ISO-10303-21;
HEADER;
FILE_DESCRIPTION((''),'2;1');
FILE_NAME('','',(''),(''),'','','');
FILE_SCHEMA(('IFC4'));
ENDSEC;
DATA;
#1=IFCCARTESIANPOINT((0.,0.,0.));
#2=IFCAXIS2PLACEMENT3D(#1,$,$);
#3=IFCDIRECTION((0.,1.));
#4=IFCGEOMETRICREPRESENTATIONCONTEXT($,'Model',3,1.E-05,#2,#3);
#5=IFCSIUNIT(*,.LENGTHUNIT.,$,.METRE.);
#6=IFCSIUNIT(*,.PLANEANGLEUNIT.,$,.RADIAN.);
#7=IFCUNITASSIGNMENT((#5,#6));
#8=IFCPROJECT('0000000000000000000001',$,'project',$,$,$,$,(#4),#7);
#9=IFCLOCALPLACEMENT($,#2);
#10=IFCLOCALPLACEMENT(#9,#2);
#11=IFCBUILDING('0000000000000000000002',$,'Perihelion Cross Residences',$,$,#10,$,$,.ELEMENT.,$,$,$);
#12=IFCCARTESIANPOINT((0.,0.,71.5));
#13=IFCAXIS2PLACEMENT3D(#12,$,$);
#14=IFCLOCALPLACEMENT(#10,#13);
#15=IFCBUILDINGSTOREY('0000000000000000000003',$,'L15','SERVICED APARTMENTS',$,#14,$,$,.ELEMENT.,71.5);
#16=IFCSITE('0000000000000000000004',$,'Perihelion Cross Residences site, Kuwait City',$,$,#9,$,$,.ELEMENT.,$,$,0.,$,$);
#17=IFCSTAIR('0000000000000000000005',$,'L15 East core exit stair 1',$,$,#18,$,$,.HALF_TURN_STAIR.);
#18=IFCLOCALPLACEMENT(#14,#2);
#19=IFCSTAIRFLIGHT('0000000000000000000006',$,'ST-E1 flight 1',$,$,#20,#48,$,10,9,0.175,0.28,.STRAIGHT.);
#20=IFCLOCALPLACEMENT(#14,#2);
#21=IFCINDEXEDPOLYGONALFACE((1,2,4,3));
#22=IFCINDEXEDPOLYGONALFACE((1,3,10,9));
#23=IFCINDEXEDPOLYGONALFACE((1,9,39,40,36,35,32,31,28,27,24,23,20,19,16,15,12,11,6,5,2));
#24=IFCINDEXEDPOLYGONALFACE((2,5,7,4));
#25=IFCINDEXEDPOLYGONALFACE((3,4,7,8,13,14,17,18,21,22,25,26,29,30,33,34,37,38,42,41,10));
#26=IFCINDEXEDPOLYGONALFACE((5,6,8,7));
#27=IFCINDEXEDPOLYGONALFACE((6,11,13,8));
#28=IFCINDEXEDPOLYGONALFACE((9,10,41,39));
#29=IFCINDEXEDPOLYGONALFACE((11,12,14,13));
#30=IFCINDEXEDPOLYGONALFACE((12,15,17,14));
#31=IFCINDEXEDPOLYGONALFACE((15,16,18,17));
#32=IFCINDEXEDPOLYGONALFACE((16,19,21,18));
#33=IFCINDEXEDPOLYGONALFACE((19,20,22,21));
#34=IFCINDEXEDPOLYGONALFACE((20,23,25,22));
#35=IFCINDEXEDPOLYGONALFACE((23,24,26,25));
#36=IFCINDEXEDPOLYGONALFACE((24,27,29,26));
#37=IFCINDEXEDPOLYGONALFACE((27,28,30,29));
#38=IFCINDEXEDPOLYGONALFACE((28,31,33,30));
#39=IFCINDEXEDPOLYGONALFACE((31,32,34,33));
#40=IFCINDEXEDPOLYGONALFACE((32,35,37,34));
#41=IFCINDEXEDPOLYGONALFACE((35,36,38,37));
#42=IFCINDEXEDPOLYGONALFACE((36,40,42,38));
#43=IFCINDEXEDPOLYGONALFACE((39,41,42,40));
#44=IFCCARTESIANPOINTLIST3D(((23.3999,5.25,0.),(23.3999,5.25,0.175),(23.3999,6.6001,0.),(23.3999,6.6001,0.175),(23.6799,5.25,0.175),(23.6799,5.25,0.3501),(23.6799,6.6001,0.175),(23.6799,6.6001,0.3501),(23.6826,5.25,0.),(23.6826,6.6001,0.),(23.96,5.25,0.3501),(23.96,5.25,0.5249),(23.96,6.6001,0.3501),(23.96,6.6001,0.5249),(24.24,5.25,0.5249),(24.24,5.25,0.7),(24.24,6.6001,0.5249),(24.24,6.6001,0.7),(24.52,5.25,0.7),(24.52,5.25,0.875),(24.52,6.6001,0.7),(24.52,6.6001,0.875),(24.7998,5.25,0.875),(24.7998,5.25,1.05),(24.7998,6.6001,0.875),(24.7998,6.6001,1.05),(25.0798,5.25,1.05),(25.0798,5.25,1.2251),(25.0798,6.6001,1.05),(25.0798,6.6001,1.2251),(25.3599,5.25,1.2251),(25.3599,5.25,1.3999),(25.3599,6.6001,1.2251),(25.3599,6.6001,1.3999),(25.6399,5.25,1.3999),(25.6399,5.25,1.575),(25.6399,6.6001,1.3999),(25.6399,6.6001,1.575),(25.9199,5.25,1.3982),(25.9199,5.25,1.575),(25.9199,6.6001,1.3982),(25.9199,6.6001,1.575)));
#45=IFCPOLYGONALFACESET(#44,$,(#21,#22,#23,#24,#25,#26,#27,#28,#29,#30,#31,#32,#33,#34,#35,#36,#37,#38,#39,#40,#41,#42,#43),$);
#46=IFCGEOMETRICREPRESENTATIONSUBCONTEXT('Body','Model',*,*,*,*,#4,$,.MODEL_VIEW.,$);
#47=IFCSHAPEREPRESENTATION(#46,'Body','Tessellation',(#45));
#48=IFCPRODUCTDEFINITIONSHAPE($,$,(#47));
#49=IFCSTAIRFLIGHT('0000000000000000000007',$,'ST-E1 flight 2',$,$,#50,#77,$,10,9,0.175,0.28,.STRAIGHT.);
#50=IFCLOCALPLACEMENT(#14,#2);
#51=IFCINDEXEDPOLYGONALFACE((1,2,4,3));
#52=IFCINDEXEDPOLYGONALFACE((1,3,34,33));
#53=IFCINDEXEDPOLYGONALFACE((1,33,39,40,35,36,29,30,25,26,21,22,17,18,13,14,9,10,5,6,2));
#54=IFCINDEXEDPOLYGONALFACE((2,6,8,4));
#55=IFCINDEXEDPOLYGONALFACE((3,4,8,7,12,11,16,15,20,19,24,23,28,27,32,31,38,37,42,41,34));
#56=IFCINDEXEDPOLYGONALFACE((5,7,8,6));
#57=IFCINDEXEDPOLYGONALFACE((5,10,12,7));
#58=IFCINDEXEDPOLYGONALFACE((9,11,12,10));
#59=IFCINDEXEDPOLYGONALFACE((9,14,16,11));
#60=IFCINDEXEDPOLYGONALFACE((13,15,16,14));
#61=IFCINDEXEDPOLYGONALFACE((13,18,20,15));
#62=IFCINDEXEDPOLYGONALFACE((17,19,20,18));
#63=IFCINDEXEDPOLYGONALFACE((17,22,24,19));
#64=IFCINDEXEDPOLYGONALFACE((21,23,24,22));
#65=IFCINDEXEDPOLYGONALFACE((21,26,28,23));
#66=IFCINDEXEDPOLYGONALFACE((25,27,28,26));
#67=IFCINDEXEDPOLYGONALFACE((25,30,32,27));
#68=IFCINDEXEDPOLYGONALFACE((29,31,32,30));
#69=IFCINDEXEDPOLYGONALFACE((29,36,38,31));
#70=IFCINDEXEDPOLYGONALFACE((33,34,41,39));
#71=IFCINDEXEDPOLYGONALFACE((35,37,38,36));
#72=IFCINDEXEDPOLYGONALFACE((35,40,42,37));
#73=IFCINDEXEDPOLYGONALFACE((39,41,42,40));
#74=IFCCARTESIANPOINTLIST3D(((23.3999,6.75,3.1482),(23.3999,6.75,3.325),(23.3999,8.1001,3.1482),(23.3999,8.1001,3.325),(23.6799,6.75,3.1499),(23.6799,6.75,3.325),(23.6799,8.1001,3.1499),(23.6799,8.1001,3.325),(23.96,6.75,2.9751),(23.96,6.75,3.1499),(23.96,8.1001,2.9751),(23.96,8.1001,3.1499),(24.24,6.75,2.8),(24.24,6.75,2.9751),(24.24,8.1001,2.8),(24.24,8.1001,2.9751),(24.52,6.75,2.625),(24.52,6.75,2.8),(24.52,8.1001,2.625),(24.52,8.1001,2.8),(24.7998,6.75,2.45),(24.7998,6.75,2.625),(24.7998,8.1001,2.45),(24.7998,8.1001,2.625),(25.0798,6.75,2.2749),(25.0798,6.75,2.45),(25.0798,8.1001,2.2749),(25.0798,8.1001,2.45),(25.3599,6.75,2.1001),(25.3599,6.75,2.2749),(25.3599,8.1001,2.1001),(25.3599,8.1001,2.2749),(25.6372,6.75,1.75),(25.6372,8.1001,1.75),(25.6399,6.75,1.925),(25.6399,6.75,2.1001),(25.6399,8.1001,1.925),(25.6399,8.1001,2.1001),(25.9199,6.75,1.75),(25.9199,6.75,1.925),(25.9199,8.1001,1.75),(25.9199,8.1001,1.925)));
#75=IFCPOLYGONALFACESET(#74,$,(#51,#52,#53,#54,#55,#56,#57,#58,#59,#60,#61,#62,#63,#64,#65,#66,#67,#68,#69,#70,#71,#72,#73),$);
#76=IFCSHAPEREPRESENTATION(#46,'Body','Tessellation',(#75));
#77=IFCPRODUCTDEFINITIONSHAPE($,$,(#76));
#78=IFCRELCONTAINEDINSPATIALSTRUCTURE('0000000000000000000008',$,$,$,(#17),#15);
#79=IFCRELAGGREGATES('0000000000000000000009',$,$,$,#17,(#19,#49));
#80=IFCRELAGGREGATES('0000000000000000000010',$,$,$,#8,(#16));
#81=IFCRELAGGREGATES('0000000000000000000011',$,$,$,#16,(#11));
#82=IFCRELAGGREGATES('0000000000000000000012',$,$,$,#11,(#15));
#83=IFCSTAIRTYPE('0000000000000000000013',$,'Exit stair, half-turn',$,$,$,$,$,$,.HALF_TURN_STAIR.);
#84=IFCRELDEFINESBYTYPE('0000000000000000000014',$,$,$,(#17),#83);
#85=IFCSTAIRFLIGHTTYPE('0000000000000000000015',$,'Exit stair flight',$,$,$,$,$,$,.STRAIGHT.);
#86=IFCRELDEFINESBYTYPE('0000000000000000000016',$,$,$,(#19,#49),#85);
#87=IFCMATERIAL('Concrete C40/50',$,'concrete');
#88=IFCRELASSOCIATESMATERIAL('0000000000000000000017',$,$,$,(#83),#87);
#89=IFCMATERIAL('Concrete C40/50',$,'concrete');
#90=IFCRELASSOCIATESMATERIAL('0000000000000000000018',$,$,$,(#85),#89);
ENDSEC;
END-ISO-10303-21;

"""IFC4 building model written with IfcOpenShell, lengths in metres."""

from ifc_helpers import new_model, si_unit, direction, frame, origin, place, context, subcontext, project, spatial, polyline, outline, extrude, material, type_object, element, aggregate, save


model = new_model("IFC4")

# Units and contexts
model_context = context("Model", 3, precision=1e-05, world=origin(), true_north=direction((0.0, 1.0)))
body_context = subcontext(model_context, "Body", "Model", "MODEL_VIEW")
ifc_project = project(units=[si_unit("LENGTHUNIT", "METRE"), si_unit("PLANEANGLEUNIT", "RADIAN")], contexts=[model_context])

# Site, building, storey
site_placement = place(None, origin())
site = spatial("IfcSite", under=ifc_project, at=site_placement, Name="Perihelion Cross Residences site, Kuwait City", CompositionType="ELEMENT", RefElevation=0.0)
building_placement = place(site_placement, origin())
building = spatial("IfcBuilding", under=site, at=building_placement, Name="Perihelion Cross Residences", CompositionType="ELEMENT")
storey_placement = place(building_placement, frame((0.0, 0.0, 71.5)))
storey = spatial("IfcBuildingStorey", under=building, at=storey_placement, Name="L15", Description="SERVICED APARTMENTS", CompositionType="ELEMENT", Elevation=71.5)

# Stair, stair flights
ifc_material_1 = material(Name="Concrete C40/50", Category="concrete")
stair_type = type_object("IfcStairType", Name="Exit stair, half-turn", PredefinedType="HALF_TURN_STAIR", material=ifc_material_1)
stair_placement = place(storey_placement, origin())
stair = element("IfcStair", 1, at=stair_placement, inside=storey, type_object=stair_type, Name="L15 East core exit stair 1", PredefinedType="HALF_TURN_STAIR")
ifc_material_2 = material(Name="Concrete C40/50", Category="concrete")
stair_flight_type = type_object("IfcStairFlightType", Name="Exit stair flight", PredefinedType="STRAIGHT", material=ifc_material_2)
stair_flight_1_placement = place(storey_placement, frame((23.3999, 5.925, 0.0), z_axis=(0.0, 0.0, 1.0), x_axis=(1.0, 0.0, 0.0)))
stair_flight_1 = element("IfcStairFlight", 2, at=stair_flight_1_placement, type_object=stair_flight_type, Name="ST-E1 flight 1", NumberOfRisers=10, NumberOfTreads=9, PredefinedType="STRAIGHT", RiserHeight=0.175, TreadLength=0.28, context=body_context, shape_type="SweptSolid", body=[
    extrude(outline(polyline([(0.0, 0.0), (0.0, 0.175), (0.28, 0.175), (0.28, 0.3501), (0.5601, 0.3501), (0.5601, 0.5249), (0.8401, 0.5249), (0.8401, 0.7), (1.1201, 0.7), (1.1201, 0.875), (1.3999, 0.875), (1.3999, 1.05), (1.6799, 1.05), (1.6799, 1.2251), (1.96, 1.2251), (1.96, 1.3999), (2.24, 1.3999), (2.24, 1.575), (2.52, 1.575), (2.52, 1.75), (2.52, 1.3982), (0.2827, 0.0), (0.0, 0.0)])), frame((0.0, 0.675, 0.0), z_axis=(0.0, -1.0, 0.0), x_axis=(1.0, 0.0, 0.0)), (0.0, 0.0, 1.0), 1.3501),
])
stair_flight_2_placement = place(storey_placement, frame((25.9199, 7.425, 1.75), z_axis=(0.0, 0.0, 1.0), x_axis=(-1.0, 0.0, 0.0)))
stair_flight_2 = element("IfcStairFlight", 3, at=stair_flight_2_placement, type_object=stair_flight_type, Name="ST-E1 flight 2", NumberOfRisers=10, NumberOfTreads=9, PredefinedType="STRAIGHT", RiserHeight=0.175, TreadLength=0.28, context=body_context, shape_type="SweptSolid", body=[
    extrude(outline(polyline([(0.0, 0.0), (0.0, 0.175), (0.28, 0.175), (0.28, 0.3501), (0.5601, 0.3501), (0.5601, 0.5249), (0.8401, 0.5249), (0.8401, 0.7), (1.1201, 0.7), (1.1201, 0.875), (1.3999, 0.875), (1.3999, 1.05), (1.6799, 1.05), (1.6799, 1.2251), (1.96, 1.2251), (1.96, 1.3999), (2.24, 1.3999), (2.24, 1.575), (2.52, 1.575), (2.52, 1.75), (2.52, 1.3982), (0.2827, 0.0), (0.0, 0.0)])), frame((0.0, 0.675, 0.0), z_axis=(0.0, -1.0, 0.0), x_axis=(1.0, 0.0, 0.0)), (0.0, 0.0, 1.0), 1.3501),
])
aggregate(stair, [stair_flight_1, stair_flight_2])

save(model, "model.ifc")
